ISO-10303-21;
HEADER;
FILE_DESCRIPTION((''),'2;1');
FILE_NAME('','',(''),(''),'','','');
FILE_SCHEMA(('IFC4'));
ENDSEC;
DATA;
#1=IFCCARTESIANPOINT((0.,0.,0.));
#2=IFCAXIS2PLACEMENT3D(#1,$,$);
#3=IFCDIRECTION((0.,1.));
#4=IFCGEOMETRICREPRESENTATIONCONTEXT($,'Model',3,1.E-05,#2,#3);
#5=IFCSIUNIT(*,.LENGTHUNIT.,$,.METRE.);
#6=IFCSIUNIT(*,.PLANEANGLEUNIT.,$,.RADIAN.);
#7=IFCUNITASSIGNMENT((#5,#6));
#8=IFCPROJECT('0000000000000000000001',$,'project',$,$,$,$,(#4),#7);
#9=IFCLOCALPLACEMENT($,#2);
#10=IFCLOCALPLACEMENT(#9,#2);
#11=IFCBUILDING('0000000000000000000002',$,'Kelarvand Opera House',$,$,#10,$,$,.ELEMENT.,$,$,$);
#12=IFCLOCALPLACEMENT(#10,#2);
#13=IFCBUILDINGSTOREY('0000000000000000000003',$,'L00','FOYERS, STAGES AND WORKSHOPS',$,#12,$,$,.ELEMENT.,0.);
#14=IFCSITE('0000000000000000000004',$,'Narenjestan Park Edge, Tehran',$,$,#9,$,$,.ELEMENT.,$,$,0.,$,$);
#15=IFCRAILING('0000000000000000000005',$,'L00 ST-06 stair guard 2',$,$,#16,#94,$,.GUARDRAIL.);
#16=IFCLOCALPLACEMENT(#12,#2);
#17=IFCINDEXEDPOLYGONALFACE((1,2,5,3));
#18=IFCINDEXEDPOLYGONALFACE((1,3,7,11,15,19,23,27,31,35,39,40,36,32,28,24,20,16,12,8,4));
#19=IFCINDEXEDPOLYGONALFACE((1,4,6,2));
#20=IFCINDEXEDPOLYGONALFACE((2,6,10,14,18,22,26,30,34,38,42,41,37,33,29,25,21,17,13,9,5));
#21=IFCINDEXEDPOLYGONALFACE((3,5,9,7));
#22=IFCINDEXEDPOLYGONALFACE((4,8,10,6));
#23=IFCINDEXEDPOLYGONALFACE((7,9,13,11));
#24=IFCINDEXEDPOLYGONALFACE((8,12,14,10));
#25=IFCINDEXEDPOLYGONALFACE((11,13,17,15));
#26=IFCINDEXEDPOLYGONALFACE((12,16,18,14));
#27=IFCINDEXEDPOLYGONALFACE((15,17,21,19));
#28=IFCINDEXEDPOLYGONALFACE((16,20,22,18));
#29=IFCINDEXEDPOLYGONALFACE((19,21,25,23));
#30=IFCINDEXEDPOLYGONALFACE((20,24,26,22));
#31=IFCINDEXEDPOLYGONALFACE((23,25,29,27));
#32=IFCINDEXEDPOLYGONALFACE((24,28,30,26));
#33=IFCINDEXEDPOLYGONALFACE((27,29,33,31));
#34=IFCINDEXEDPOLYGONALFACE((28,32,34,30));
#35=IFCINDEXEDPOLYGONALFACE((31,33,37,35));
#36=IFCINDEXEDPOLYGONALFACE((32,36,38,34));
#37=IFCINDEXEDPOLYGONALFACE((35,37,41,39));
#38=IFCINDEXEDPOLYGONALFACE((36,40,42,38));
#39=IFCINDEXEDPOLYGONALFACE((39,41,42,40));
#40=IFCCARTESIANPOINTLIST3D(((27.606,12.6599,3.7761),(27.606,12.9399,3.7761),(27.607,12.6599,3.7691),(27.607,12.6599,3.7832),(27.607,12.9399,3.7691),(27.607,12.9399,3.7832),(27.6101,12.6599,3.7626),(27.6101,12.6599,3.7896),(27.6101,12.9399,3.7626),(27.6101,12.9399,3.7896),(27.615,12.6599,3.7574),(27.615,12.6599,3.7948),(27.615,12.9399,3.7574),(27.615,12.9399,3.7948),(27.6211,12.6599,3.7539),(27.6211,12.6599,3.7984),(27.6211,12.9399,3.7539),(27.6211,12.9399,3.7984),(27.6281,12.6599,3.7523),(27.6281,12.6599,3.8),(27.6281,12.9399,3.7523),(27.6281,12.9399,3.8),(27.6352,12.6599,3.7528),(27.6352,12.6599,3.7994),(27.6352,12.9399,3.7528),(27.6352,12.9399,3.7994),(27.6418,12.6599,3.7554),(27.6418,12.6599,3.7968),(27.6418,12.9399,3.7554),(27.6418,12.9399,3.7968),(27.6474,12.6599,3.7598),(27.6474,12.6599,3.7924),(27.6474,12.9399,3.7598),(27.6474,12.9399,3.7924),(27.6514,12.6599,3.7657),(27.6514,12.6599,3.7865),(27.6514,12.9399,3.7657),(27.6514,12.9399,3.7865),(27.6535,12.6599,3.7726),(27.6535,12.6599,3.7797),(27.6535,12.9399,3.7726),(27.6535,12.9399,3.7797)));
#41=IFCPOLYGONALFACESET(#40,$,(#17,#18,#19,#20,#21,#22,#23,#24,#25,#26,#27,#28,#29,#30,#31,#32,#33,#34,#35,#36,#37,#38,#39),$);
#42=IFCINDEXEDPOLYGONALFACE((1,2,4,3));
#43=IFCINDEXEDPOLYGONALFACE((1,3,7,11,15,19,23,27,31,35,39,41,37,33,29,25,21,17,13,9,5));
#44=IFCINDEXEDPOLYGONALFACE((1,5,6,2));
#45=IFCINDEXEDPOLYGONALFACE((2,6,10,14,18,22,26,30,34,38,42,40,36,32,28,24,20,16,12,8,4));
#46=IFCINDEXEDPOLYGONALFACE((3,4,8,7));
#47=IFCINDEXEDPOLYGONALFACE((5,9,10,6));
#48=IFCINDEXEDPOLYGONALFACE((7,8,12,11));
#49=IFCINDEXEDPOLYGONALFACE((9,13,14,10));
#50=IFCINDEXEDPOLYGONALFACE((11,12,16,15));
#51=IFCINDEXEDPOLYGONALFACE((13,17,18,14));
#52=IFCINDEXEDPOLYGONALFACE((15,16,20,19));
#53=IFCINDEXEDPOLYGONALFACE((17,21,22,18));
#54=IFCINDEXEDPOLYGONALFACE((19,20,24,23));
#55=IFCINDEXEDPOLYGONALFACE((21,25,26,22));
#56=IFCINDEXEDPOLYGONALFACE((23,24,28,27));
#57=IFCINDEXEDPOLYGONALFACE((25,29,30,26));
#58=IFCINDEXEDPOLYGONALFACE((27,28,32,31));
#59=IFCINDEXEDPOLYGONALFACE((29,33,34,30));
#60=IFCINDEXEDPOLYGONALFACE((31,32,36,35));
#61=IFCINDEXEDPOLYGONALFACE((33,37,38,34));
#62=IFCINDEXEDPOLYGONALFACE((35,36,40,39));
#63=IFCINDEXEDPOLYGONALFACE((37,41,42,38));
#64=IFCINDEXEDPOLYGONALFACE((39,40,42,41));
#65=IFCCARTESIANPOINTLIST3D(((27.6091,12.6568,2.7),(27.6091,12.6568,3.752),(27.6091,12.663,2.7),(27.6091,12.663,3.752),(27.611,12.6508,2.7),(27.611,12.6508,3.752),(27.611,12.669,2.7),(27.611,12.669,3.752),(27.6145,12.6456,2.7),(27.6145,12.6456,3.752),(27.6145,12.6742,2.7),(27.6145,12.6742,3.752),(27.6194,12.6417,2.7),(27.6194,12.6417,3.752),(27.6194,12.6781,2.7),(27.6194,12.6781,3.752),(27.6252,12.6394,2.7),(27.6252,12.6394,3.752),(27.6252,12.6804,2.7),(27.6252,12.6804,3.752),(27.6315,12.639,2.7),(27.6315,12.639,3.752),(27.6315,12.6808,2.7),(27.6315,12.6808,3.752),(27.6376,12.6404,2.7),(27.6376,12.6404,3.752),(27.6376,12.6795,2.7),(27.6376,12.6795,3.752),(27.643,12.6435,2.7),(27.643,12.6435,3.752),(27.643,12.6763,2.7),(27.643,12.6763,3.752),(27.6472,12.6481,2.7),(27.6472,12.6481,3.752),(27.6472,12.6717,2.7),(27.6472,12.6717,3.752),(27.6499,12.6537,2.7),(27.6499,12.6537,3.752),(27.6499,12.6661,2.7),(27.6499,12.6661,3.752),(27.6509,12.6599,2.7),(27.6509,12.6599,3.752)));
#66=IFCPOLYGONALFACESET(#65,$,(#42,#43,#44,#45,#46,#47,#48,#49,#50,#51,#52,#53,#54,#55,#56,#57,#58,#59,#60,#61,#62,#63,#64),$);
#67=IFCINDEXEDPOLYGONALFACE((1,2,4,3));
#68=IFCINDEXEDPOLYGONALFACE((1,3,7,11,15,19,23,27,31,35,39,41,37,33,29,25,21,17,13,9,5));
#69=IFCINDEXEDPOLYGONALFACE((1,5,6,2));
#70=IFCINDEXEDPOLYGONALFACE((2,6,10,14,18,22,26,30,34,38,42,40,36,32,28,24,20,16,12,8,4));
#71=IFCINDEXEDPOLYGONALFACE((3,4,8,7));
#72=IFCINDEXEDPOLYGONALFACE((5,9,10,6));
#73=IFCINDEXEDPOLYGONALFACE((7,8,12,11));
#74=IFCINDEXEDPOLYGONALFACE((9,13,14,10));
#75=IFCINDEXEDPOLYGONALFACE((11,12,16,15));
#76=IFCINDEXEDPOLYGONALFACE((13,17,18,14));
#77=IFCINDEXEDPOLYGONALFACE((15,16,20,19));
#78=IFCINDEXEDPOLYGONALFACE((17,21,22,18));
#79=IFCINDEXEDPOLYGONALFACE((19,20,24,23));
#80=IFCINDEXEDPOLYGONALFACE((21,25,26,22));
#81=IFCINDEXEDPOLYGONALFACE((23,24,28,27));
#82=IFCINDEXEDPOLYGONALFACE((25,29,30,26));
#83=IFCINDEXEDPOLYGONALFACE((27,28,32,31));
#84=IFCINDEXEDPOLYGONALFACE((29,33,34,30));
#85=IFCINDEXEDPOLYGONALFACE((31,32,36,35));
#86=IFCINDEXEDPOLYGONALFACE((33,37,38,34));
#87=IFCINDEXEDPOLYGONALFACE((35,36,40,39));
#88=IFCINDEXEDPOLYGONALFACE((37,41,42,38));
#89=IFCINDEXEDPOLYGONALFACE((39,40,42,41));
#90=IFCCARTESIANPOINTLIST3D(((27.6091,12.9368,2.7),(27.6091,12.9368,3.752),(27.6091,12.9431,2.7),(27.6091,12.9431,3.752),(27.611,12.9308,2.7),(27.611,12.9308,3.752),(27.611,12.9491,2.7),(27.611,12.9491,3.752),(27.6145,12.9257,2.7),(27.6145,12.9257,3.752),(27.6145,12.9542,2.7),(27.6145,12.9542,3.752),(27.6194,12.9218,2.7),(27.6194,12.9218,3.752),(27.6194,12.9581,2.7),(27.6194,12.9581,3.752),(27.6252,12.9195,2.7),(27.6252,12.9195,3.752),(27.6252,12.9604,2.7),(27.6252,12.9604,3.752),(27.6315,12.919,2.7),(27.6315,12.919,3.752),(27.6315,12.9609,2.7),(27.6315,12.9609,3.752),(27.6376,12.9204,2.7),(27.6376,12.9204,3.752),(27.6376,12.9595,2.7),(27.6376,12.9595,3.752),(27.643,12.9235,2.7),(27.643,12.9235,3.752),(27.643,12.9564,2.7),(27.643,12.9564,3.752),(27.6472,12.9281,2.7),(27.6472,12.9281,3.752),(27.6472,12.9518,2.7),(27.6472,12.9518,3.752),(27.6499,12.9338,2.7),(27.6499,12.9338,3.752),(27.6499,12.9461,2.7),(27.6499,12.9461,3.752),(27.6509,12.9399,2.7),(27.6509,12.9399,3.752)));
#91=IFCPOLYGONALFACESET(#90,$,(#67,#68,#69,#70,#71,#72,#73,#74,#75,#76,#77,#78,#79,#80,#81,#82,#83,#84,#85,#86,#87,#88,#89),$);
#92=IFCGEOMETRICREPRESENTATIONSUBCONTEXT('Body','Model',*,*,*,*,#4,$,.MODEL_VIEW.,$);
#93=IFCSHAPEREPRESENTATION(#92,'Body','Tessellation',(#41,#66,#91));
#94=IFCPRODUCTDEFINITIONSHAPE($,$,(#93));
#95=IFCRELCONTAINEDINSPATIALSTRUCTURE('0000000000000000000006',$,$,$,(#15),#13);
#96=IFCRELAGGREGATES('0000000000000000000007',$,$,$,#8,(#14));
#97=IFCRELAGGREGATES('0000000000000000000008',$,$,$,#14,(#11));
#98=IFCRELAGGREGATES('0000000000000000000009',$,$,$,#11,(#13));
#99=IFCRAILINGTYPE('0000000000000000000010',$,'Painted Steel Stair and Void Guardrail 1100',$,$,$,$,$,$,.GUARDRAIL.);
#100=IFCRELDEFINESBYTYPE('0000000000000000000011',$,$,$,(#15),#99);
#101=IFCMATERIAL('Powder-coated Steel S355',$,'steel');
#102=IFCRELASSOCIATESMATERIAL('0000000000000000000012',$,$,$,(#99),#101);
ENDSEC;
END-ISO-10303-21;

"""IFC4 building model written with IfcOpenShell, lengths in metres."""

from ifc_helpers import new_model, si_unit, direction, frame, origin, origin_2d, place, context, subcontext, project, spatial, circle, extrude, material, type_object, element, save


model = new_model("IFC4")

# Units and contexts
model_context = context("Model", 3, precision=1e-05, world=origin(), true_north=direction((0.0, 1.0)))
body_context = subcontext(model_context, "Body", "Model", "MODEL_VIEW")
ifc_project = project(units=[si_unit("LENGTHUNIT", "METRE"), si_unit("PLANEANGLEUNIT", "RADIAN")], contexts=[model_context])

# Site, building, storey
site_placement = place(None, origin())
site = spatial("IfcSite", under=ifc_project, at=site_placement, Name="Narenjestan Park Edge, Tehran", CompositionType="ELEMENT", RefElevation=0.0)
building_placement = place(site_placement, origin())
building = spatial("IfcBuilding", under=site, at=building_placement, Name="Kelarvand Opera House", CompositionType="ELEMENT")
storey_placement = place(building_placement, origin())
storey = spatial("IfcBuildingStorey", under=building, at=storey_placement, Name="L00", Description="FOYERS, STAGES AND WORKSHOPS", CompositionType="ELEMENT", Elevation=0.0)

# Railing
ifc_material_1 = material(Name="Powder-coated Steel S355", Category="steel")
railing_type_1 = type_object("IfcRailingType", Name="Painted Steel Stair and Void Guardrail 1100", PredefinedType="GUARDRAIL", material=ifc_material_1)
railing_1_placement = place(storey_placement, frame((27.6299, 12.6599, 2.7)))
element("IfcRailing", 1, at=railing_1_placement, inside=storey, type_object=railing_type_1, Name="L00 ST-06 stair guard 2", PredefinedType="GUARDRAIL", context=body_context, shape_type="SweptSolid", body=[
    extrude(circle(Radius=0.0239, at=origin_2d()), frame((0.0, 0.0, 1.0762), z_axis=(0.0, 1.0, 0.0), x_axis=(-1.0, 0.0, 0.0)), (0.0, 0.0, 1.0), 0.28),
    extrude(circle(Radius=0.021, at=origin_2d()), origin(), (0.0, 0.0, 1.0), 1.052),
    extrude(circle(Radius=0.021, at=origin_2d()), frame((0.0, 0.28, 0.0)), (0.0, 0.0, 1.0), 1.052),
])

save(model, "model.ifc")
